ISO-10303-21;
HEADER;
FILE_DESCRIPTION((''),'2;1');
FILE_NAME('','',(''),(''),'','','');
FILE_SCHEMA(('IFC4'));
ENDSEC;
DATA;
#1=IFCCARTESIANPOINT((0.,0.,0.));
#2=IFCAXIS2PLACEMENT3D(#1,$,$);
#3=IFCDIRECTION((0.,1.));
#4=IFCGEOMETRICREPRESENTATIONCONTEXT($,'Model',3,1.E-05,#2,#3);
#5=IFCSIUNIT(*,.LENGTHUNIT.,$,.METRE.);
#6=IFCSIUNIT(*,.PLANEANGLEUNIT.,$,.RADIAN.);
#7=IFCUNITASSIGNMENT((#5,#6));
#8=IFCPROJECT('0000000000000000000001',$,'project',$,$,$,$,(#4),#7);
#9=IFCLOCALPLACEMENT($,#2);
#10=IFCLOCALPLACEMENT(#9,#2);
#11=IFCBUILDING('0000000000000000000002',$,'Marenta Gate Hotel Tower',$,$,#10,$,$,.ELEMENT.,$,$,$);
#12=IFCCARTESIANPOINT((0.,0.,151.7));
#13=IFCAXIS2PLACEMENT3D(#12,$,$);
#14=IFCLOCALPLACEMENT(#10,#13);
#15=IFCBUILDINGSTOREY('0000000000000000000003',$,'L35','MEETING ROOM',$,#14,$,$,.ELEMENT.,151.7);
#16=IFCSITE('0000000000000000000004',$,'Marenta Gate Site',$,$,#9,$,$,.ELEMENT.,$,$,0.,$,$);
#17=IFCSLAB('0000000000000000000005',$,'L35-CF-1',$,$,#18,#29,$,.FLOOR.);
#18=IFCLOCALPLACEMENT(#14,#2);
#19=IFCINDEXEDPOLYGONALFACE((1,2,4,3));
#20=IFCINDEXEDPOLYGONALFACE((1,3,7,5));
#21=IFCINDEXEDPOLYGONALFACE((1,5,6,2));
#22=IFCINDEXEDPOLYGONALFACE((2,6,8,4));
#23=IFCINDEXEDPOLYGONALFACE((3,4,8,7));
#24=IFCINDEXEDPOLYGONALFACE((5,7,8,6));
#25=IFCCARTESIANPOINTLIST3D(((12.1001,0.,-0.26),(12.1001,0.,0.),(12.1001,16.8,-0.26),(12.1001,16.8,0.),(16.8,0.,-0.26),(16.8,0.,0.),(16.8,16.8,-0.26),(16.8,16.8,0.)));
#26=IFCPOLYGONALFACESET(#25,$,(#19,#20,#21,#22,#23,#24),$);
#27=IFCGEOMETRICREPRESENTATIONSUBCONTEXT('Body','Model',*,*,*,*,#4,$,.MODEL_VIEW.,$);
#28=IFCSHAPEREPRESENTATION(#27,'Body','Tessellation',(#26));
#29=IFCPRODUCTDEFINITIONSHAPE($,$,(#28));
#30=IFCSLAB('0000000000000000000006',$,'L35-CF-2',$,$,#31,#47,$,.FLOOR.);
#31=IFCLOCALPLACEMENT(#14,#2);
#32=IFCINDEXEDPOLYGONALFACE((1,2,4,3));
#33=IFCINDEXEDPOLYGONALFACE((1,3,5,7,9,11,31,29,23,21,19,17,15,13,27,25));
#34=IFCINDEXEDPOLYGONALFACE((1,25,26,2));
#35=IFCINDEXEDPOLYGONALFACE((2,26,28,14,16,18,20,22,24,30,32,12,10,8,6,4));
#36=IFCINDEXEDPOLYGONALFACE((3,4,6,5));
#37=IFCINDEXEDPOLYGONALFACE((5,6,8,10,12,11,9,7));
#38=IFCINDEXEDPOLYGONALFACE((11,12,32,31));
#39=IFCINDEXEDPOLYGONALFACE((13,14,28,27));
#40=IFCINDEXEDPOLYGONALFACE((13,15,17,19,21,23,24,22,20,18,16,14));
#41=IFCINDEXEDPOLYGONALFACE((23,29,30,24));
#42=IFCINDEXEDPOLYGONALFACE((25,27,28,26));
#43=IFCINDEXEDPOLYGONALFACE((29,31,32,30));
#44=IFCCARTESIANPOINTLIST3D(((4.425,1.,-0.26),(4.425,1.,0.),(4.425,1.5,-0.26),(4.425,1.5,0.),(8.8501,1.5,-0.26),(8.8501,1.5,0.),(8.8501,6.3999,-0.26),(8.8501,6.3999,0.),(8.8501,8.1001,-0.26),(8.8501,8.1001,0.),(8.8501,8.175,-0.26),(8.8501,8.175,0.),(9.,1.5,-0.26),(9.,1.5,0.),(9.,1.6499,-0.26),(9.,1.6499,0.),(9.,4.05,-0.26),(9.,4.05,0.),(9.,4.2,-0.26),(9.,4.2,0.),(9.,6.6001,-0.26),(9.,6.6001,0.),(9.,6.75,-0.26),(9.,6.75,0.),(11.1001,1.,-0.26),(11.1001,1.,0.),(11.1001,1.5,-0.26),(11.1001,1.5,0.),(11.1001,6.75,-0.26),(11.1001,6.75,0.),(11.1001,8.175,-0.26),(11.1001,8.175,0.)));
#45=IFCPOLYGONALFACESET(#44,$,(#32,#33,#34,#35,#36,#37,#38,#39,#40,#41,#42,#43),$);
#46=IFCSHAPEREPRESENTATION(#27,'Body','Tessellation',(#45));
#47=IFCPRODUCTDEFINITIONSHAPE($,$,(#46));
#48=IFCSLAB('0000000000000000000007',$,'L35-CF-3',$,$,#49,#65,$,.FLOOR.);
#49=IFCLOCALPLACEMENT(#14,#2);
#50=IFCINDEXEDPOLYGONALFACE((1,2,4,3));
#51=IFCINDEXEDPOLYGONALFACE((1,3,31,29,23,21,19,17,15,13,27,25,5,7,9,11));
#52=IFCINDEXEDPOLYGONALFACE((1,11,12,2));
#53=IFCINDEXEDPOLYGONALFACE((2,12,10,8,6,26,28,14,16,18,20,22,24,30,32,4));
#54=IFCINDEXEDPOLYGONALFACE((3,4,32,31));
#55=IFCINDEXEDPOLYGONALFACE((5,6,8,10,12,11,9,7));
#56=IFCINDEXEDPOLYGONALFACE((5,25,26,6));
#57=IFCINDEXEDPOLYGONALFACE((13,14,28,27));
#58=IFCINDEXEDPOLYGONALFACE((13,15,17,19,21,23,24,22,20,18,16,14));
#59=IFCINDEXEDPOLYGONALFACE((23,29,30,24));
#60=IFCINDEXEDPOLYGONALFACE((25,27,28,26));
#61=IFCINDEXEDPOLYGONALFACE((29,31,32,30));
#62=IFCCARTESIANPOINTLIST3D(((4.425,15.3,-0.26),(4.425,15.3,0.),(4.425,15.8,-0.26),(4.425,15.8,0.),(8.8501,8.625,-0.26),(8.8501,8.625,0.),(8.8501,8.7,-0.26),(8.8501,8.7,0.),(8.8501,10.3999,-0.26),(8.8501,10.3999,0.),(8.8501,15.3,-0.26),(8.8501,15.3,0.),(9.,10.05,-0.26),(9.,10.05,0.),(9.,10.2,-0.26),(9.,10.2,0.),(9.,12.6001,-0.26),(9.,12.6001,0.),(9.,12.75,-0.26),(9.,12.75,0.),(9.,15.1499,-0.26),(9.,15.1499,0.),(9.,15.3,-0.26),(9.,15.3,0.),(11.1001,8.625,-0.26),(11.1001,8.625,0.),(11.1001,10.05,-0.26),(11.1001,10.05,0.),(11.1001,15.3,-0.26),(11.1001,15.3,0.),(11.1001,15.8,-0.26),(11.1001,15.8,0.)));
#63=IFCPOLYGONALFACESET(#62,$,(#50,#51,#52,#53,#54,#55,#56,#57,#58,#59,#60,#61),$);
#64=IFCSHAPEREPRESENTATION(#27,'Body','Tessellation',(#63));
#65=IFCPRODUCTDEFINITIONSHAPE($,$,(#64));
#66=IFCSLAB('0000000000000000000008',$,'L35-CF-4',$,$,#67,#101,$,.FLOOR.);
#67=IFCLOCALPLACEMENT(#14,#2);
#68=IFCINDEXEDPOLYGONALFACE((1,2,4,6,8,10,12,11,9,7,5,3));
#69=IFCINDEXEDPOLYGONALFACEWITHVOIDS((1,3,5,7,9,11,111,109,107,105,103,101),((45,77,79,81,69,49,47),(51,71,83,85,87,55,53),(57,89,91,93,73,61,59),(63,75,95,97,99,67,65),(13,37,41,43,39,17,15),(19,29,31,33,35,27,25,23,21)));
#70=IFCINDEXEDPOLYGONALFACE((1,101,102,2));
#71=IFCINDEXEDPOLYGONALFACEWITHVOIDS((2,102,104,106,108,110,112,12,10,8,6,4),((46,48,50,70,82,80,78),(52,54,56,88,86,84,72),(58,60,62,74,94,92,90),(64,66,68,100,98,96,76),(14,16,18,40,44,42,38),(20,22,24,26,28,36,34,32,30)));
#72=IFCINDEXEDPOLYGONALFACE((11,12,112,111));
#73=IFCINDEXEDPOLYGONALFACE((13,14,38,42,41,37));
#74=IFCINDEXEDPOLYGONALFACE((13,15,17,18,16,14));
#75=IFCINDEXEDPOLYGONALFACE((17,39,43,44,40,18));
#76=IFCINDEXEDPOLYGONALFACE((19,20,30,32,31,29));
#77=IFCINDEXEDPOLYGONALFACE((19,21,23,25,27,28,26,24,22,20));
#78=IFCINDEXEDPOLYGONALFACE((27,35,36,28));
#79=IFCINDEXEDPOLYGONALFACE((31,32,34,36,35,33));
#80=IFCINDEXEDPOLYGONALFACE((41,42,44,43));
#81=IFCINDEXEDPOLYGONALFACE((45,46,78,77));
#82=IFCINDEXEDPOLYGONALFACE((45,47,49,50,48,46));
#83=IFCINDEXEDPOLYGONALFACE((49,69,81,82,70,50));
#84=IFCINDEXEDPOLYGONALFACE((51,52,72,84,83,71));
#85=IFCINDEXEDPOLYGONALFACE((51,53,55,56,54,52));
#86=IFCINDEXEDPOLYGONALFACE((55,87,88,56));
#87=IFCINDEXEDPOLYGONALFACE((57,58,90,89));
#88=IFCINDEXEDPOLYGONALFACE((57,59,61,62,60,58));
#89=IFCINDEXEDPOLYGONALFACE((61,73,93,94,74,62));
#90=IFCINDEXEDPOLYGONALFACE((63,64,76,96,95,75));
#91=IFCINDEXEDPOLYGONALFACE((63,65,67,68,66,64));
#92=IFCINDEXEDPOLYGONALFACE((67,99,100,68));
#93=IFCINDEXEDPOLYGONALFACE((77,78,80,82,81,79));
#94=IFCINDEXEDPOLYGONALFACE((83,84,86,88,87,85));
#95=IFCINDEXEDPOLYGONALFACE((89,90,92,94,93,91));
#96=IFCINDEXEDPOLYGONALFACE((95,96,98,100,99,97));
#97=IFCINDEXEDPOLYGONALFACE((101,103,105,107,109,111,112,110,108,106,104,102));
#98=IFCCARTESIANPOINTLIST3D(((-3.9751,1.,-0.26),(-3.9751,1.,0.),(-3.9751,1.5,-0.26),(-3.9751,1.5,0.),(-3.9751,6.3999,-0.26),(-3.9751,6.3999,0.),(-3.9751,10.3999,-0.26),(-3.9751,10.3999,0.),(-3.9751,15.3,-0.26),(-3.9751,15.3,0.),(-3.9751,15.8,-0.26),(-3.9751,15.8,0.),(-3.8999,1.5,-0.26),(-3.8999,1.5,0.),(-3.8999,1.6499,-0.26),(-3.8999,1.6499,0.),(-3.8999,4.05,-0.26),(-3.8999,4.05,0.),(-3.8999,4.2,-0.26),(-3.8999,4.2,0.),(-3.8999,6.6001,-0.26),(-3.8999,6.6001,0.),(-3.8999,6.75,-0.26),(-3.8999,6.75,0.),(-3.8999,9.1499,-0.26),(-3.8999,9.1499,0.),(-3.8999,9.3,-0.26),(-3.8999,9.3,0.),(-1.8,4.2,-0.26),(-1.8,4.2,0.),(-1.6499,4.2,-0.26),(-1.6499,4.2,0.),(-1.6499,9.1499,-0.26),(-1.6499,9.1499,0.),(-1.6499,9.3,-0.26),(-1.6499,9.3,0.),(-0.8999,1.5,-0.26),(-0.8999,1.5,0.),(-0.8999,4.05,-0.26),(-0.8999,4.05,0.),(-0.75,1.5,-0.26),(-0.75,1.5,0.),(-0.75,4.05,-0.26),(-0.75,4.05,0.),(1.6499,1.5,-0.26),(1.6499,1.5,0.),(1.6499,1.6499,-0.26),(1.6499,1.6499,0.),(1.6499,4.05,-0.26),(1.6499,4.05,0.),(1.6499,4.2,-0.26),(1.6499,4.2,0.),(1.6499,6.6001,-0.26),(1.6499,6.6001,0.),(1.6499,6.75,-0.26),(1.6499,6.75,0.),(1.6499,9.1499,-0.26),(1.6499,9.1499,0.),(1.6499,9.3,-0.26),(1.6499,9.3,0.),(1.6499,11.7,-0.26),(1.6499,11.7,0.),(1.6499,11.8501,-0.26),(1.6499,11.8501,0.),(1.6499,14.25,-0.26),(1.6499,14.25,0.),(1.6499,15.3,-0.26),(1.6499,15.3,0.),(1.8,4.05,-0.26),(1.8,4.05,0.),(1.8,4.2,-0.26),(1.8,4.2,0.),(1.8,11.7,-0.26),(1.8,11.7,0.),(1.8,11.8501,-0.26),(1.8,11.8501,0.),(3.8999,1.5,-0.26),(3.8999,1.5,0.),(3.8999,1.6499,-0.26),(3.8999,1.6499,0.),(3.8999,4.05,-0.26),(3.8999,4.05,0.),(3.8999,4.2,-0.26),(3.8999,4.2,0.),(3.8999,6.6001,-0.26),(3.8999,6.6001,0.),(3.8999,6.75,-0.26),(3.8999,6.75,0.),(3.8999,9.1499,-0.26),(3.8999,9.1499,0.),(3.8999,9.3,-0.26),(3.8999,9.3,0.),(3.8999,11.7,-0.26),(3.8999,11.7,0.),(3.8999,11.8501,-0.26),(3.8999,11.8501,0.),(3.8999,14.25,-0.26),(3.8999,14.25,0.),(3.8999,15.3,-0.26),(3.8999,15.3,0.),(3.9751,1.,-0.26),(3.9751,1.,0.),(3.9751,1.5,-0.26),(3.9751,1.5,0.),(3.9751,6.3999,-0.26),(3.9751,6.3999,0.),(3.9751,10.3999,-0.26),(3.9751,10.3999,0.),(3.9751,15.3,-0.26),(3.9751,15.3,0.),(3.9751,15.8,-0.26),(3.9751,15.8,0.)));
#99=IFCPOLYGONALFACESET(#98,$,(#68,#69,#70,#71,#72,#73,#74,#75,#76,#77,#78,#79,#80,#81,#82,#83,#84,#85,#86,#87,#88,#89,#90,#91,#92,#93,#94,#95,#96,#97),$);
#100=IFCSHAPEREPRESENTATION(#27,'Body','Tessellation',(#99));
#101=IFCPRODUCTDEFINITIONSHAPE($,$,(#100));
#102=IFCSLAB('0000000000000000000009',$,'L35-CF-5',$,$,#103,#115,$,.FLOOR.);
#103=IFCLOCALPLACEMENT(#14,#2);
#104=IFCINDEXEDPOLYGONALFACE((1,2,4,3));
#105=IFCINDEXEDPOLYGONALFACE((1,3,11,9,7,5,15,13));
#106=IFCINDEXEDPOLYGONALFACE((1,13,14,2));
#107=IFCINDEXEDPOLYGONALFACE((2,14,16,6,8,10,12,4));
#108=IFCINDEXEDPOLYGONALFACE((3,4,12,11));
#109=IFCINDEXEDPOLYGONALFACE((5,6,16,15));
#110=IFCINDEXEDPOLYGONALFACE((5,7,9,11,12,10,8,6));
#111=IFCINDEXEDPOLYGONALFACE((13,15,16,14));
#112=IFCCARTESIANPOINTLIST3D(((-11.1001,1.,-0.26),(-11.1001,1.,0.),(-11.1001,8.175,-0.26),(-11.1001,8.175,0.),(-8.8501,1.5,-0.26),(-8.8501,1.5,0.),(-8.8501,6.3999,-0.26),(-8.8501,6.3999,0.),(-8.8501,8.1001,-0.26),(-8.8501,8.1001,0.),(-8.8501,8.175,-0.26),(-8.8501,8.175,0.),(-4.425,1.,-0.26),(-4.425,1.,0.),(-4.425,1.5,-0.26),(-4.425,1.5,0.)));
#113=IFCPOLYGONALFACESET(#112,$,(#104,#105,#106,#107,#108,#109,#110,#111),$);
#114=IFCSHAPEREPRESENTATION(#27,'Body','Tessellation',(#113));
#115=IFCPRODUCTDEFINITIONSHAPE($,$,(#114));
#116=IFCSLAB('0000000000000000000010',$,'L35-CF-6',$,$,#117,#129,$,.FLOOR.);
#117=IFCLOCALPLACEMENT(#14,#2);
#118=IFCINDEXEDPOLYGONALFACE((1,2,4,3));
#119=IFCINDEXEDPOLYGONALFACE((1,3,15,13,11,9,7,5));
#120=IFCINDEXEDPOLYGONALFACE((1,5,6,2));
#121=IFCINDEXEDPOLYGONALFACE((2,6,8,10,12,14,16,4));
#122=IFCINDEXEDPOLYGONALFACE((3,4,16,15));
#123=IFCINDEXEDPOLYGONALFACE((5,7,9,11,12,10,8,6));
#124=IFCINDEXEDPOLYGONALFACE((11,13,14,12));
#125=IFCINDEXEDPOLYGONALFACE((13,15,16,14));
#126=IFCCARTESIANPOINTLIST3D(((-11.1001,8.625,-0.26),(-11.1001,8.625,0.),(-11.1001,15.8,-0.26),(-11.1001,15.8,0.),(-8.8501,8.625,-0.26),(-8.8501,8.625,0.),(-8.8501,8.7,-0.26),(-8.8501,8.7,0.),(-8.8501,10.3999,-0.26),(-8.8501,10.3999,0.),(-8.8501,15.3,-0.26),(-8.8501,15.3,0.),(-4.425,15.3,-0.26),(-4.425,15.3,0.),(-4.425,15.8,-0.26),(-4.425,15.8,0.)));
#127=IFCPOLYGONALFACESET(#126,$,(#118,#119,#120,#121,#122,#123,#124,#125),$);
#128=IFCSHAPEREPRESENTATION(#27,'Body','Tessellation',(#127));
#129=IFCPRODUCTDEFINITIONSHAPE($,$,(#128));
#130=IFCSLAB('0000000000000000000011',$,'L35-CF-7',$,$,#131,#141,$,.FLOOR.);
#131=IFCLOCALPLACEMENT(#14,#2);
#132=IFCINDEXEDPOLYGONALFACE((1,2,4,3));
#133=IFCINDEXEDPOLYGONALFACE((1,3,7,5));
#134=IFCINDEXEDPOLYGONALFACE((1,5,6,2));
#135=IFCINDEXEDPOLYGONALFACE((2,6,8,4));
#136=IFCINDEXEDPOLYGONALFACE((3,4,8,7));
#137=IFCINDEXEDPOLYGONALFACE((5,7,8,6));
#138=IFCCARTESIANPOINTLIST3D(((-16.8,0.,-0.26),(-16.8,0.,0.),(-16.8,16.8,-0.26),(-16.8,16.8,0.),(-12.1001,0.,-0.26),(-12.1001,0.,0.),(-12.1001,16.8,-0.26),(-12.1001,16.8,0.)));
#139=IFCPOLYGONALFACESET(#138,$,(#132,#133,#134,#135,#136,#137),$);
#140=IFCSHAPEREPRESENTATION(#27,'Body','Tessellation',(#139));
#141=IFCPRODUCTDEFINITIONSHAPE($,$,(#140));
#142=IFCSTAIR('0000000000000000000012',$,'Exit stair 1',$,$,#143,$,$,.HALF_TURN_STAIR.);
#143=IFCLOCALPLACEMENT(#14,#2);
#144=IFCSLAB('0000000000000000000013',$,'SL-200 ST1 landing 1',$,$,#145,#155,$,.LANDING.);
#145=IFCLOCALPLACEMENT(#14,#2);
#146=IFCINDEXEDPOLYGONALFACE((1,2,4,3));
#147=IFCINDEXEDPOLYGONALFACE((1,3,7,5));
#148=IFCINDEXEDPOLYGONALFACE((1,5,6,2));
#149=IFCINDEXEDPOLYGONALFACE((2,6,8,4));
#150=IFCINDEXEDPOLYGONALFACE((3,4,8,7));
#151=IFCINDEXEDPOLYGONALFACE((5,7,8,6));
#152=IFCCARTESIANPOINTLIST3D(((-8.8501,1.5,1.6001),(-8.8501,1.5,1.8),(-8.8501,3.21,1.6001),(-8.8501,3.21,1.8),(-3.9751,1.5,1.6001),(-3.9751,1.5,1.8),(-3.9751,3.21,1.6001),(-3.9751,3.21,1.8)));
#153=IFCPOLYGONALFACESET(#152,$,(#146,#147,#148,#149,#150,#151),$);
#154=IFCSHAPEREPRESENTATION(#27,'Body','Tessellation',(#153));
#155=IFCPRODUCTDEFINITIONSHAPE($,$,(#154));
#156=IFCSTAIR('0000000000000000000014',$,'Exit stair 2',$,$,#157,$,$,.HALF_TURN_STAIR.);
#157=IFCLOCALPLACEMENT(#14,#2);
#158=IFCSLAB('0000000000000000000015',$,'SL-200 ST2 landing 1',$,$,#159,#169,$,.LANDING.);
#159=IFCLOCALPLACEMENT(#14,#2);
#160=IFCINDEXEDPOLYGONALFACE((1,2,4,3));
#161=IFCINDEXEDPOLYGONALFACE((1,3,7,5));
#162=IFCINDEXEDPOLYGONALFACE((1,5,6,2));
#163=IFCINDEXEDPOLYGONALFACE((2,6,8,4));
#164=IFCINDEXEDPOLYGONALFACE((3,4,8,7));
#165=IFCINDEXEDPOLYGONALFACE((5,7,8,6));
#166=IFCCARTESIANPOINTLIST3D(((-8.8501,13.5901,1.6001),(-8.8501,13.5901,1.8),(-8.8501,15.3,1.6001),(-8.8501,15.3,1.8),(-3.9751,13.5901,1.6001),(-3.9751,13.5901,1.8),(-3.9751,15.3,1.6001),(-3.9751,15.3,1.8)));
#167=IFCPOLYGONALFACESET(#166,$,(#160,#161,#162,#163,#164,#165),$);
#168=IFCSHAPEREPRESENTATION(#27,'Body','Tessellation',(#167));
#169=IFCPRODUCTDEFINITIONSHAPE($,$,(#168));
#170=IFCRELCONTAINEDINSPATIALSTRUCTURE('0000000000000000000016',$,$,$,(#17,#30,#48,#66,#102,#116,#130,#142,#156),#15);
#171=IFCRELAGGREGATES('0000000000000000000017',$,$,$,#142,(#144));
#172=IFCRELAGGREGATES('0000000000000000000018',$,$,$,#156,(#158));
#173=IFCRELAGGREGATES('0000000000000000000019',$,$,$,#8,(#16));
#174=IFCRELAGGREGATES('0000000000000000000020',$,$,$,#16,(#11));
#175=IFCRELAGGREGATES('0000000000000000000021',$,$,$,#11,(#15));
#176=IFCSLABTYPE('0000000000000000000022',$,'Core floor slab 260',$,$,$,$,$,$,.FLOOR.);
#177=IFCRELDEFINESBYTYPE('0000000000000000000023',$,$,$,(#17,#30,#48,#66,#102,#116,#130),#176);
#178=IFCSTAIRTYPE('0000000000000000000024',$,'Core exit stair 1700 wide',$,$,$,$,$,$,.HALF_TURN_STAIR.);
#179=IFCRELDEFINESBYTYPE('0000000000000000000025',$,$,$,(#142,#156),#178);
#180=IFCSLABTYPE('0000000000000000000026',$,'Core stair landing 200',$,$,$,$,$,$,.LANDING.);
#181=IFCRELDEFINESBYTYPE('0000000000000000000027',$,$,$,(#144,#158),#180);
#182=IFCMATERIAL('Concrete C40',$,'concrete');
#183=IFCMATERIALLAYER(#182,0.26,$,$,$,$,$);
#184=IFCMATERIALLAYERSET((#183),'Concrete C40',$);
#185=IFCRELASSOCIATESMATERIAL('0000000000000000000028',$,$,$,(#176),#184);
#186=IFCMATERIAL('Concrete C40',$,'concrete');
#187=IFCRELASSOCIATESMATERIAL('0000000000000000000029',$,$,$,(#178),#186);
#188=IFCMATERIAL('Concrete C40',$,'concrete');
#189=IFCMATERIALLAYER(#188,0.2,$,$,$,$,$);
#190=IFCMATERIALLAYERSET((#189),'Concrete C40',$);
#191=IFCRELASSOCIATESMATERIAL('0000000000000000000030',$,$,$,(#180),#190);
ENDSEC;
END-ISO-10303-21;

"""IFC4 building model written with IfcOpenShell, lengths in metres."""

from ifc_helpers import new_model, si_unit, direction, frame, origin, place, context, subcontext, project, spatial, polyline, outline, extrude, material, layer, layer_set, type_object, element, aggregate, save


model = new_model("IFC4")

# Units and contexts
model_context = context("Model", 3, precision=1e-05, world=origin(), true_north=direction((0.0, 1.0)))
body_context = subcontext(model_context, "Body", "Model", "MODEL_VIEW")
ifc_project = project(units=[si_unit("LENGTHUNIT", "METRE"), si_unit("PLANEANGLEUNIT", "RADIAN")], contexts=[model_context])

# Site, building, storey
site_placement = place(None, origin())
site = spatial("IfcSite", under=ifc_project, at=site_placement, Name="Marenta Gate Site", CompositionType="ELEMENT", RefElevation=0.0)
building_placement = place(site_placement, origin())
building = spatial("IfcBuilding", under=site, at=building_placement, Name="Marenta Gate Hotel Tower", CompositionType="ELEMENT")
storey_placement = place(building_placement, frame((0.0, 0.0, 151.7)))
storey = spatial("IfcBuildingStorey", under=building, at=storey_placement, Name="L35", Description="MEETING ROOM", CompositionType="ELEMENT", Elevation=151.7)

# Slabs
ifc_material_1 = material(Name="Concrete C40", Category="concrete")
ifc_layer_1 = layer(ifc_material_1, 0.26)
ifc_layer_set_1 = layer_set([ifc_layer_1], Name="Concrete C40")
slab_type_1 = type_object("IfcSlabType", Name="Core floor slab 260", PredefinedType="FLOOR", material=ifc_layer_set_1)
slab_1_placement = place(storey_placement, frame((0.0, 0.0, -0.26)))
element("IfcSlab", 1, at=slab_1_placement, inside=storey, type_object=slab_type_1, Name="L35-CF-1", PredefinedType="FLOOR", context=body_context, shape_type="SweptSolid", body=[
    extrude(outline(polyline([(12.1001, 0.0), (12.1001, 16.8), (16.8, 16.8), (16.8, 0.0), (12.1001, 0.0)])), origin(), (0.0, 0.0, 1.0), 0.26),
])
slab_2_placement = place(storey_placement, frame((0.0, 0.0, -0.26)))
element("IfcSlab", 2, at=slab_2_placement, inside=storey, type_object=slab_type_1, Name="L35-CF-2", PredefinedType="FLOOR", context=body_context, shape_type="SweptSolid", body=[
    extrude(outline(polyline([(8.8501, 1.5), (8.8501, 6.3999), (8.8501, 8.1001), (8.8501, 8.175), (11.1001, 8.175), (11.1001, 6.75), (9.0, 6.75), (9.0, 6.6001), (9.0, 4.2), (9.0, 4.05), (9.0, 1.6499), (9.0, 1.5), (11.1001, 1.5), (11.1001, 1.0), (4.425, 1.0), (4.425, 1.5), (8.8501, 1.5)])), origin(), (0.0, 0.0, 1.0), 0.26),
])
slab_3_placement = place(storey_placement, frame((0.0, 0.0, -0.26)))
element("IfcSlab", 3, at=slab_3_placement, inside=storey, type_object=slab_type_1, Name="L35-CF-3", PredefinedType="FLOOR", context=body_context, shape_type="SweptSolid", body=[
    extrude(outline(polyline([(8.8501, 15.3), (4.425, 15.3), (4.425, 15.8), (11.1001, 15.8), (11.1001, 15.3), (9.0, 15.3), (9.0, 15.1499), (9.0, 12.75), (9.0, 12.6001), (9.0, 10.2), (9.0, 10.05), (11.1001, 10.05), (11.1001, 8.625), (8.8501, 8.625), (8.8501, 8.7), (8.8501, 10.3999), (8.8501, 15.3)])), origin(), (0.0, 0.0, 1.0), 0.26),
])
slab_4_placement = place(storey_placement, frame((0.0, 0.0, -0.26)))
element("IfcSlab", 4, at=slab_4_placement, inside=storey, type_object=slab_type_1, Name="L35-CF-4", PredefinedType="FLOOR", context=body_context, shape_type="SweptSolid", body=[
    extrude(outline(polyline([(3.9751, 15.3), (3.9751, 10.3999), (3.9751, 6.3999), (3.9751, 1.5), (3.9751, 1.0), (-3.9751, 1.0), (-3.9751, 1.5), (-3.9751, 6.3999), (-3.9751, 10.3999), (-3.9751, 15.3), (-3.9751, 15.8), (3.9751, 15.8), (3.9751, 15.3)]), holes=[polyline([(1.6499, 1.5), (3.8999, 1.5), (3.8999, 1.6499), (3.8999, 4.05), (1.8, 4.05), (1.6499, 4.05), (1.6499, 1.6499), (1.6499, 1.5)]), polyline([(1.6499, 6.6001), (1.6499, 4.2), (1.8, 4.2), (3.8999, 4.2), (3.8999, 6.6001), (3.8999, 6.75), (1.6499, 6.75), (1.6499, 6.6001)]), polyline([(1.6499, 9.1499), (3.8999, 9.1499), (3.8999, 9.3), (3.8999, 11.7), (1.8, 11.7), (1.6499, 11.7), (1.6499, 9.3), (1.6499, 9.1499)]), polyline([(1.6499, 15.3), (1.6499, 14.25), (1.6499, 11.8501), (1.8, 11.8501), (3.8999, 11.8501), (3.8999, 14.25), (3.8999, 15.3), (1.6499, 15.3)]), polyline([(-3.8999, 4.05), (-3.8999, 1.6499), (-3.8999, 1.5), (-0.8999, 1.5), (-0.75, 1.5), (-0.75, 4.05), (-0.8999, 4.05), (-3.8999, 4.05)]), polyline([(-1.8, 4.2), (-1.6499, 4.2), (-1.6499, 9.1499), (-1.6499, 9.3), (-3.8999, 9.3), (-3.8999, 9.1499), (-3.8999, 6.75), (-3.8999, 6.6001), (-3.8999, 4.2), (-1.8, 4.2)])]), origin(), (0.0, 0.0, 1.0), 0.26),
])
slab_5_placement = place(storey_placement, frame((0.0, 0.0, -0.26)))
element("IfcSlab", 5, at=slab_5_placement, inside=storey, type_object=slab_type_1, Name="L35-CF-5", PredefinedType="FLOOR", context=body_context, shape_type="SweptSolid", body=[
    extrude(outline(polyline([(-8.8501, 8.175), (-8.8501, 8.1001), (-8.8501, 6.3999), (-8.8501, 1.5), (-4.425, 1.5), (-4.425, 1.0), (-11.1001, 1.0), (-11.1001, 8.175), (-8.8501, 8.175)])), origin(), (0.0, 0.0, 1.0), 0.26),
])
slab_6_placement = place(storey_placement, frame((0.0, 0.0, -0.26)))
element("IfcSlab", 6, at=slab_6_placement, inside=storey, type_object=slab_type_1, Name="L35-CF-6", PredefinedType="FLOOR", context=body_context, shape_type="SweptSolid", body=[
    extrude(outline(polyline([(-4.425, 15.3), (-8.8501, 15.3), (-8.8501, 10.3999), (-8.8501, 8.7), (-8.8501, 8.625), (-11.1001, 8.625), (-11.1001, 15.8), (-4.425, 15.8), (-4.425, 15.3)])), origin(), (0.0, 0.0, 1.0), 0.26),
])
slab_7_placement = place(storey_placement, frame((0.0, 0.0, -0.26)))
element("IfcSlab", 7, at=slab_7_placement, inside=storey, type_object=slab_type_1, Name="L35-CF-7", PredefinedType="FLOOR", context=body_context, shape_type="SweptSolid", body=[
    extrude(outline(polyline([(-12.1001, 16.8), (-12.1001, 0.0), (-16.8, 0.0), (-16.8, 16.8), (-12.1001, 16.8)])), origin(), (0.0, 0.0, 1.0), 0.26),
])

# Stairs, slabs
ifc_material_2 = material(Name="Concrete C40", Category="concrete")
stair_type_1 = type_object("IfcStairType", Name="Core exit stair 1700 wide", PredefinedType="HALF_TURN_STAIR", material=ifc_material_2)
stair_1_placement = place(storey_placement, origin())
stair_1 = element("IfcStair", 8, at=stair_1_placement, inside=storey, type_object=stair_type_1, Name="Exit stair 1", PredefinedType="HALF_TURN_STAIR")
ifc_material_3 = material(Name="Concrete C40", Category="concrete")
ifc_layer_2 = layer(ifc_material_3, 0.2)
ifc_layer_set_2 = layer_set([ifc_layer_2], Name="Concrete C40")
slab_type_2 = type_object("IfcSlabType", Name="Core stair landing 200", PredefinedType="LANDING", material=ifc_layer_set_2)
slab_8_placement = place(storey_placement, frame((0.0, 0.0, 1.6001)))
slab_8 = element("IfcSlab", 9, at=slab_8_placement, type_object=slab_type_2, Name="SL-200 ST1 landing 1", PredefinedType="LANDING", context=body_context, shape_type="SweptSolid", body=[
    extrude(outline(polyline([(-8.8501, 1.5), (-3.9751, 1.5), (-3.9751, 3.21), (-8.8501, 3.21), (-8.8501, 1.5)])), origin(), (0.0, 0.0, 1.0), 0.2),
])
aggregate(stair_1, [slab_8])
stair_2_placement = place(storey_placement, origin())
stair_2 = element("IfcStair", 10, at=stair_2_placement, inside=storey, type_object=stair_type_1, Name="Exit stair 2", PredefinedType="HALF_TURN_STAIR")
slab_9_placement = place(storey_placement, frame((0.0, 0.0, 1.6001)))
slab_9 = element("IfcSlab", 11, at=slab_9_placement, type_object=slab_type_2, Name="SL-200 ST2 landing 1", PredefinedType="LANDING", context=body_context, shape_type="SweptSolid", body=[
    extrude(outline(polyline([(-8.8501, 13.5901), (-3.9751, 13.5901), (-3.9751, 15.3), (-8.8501, 15.3), (-8.8501, 13.5901)])), origin(), (0.0, 0.0, 1.0), 0.2),
])
aggregate(stair_2, [slab_9])

save(model, "model.ifc")
